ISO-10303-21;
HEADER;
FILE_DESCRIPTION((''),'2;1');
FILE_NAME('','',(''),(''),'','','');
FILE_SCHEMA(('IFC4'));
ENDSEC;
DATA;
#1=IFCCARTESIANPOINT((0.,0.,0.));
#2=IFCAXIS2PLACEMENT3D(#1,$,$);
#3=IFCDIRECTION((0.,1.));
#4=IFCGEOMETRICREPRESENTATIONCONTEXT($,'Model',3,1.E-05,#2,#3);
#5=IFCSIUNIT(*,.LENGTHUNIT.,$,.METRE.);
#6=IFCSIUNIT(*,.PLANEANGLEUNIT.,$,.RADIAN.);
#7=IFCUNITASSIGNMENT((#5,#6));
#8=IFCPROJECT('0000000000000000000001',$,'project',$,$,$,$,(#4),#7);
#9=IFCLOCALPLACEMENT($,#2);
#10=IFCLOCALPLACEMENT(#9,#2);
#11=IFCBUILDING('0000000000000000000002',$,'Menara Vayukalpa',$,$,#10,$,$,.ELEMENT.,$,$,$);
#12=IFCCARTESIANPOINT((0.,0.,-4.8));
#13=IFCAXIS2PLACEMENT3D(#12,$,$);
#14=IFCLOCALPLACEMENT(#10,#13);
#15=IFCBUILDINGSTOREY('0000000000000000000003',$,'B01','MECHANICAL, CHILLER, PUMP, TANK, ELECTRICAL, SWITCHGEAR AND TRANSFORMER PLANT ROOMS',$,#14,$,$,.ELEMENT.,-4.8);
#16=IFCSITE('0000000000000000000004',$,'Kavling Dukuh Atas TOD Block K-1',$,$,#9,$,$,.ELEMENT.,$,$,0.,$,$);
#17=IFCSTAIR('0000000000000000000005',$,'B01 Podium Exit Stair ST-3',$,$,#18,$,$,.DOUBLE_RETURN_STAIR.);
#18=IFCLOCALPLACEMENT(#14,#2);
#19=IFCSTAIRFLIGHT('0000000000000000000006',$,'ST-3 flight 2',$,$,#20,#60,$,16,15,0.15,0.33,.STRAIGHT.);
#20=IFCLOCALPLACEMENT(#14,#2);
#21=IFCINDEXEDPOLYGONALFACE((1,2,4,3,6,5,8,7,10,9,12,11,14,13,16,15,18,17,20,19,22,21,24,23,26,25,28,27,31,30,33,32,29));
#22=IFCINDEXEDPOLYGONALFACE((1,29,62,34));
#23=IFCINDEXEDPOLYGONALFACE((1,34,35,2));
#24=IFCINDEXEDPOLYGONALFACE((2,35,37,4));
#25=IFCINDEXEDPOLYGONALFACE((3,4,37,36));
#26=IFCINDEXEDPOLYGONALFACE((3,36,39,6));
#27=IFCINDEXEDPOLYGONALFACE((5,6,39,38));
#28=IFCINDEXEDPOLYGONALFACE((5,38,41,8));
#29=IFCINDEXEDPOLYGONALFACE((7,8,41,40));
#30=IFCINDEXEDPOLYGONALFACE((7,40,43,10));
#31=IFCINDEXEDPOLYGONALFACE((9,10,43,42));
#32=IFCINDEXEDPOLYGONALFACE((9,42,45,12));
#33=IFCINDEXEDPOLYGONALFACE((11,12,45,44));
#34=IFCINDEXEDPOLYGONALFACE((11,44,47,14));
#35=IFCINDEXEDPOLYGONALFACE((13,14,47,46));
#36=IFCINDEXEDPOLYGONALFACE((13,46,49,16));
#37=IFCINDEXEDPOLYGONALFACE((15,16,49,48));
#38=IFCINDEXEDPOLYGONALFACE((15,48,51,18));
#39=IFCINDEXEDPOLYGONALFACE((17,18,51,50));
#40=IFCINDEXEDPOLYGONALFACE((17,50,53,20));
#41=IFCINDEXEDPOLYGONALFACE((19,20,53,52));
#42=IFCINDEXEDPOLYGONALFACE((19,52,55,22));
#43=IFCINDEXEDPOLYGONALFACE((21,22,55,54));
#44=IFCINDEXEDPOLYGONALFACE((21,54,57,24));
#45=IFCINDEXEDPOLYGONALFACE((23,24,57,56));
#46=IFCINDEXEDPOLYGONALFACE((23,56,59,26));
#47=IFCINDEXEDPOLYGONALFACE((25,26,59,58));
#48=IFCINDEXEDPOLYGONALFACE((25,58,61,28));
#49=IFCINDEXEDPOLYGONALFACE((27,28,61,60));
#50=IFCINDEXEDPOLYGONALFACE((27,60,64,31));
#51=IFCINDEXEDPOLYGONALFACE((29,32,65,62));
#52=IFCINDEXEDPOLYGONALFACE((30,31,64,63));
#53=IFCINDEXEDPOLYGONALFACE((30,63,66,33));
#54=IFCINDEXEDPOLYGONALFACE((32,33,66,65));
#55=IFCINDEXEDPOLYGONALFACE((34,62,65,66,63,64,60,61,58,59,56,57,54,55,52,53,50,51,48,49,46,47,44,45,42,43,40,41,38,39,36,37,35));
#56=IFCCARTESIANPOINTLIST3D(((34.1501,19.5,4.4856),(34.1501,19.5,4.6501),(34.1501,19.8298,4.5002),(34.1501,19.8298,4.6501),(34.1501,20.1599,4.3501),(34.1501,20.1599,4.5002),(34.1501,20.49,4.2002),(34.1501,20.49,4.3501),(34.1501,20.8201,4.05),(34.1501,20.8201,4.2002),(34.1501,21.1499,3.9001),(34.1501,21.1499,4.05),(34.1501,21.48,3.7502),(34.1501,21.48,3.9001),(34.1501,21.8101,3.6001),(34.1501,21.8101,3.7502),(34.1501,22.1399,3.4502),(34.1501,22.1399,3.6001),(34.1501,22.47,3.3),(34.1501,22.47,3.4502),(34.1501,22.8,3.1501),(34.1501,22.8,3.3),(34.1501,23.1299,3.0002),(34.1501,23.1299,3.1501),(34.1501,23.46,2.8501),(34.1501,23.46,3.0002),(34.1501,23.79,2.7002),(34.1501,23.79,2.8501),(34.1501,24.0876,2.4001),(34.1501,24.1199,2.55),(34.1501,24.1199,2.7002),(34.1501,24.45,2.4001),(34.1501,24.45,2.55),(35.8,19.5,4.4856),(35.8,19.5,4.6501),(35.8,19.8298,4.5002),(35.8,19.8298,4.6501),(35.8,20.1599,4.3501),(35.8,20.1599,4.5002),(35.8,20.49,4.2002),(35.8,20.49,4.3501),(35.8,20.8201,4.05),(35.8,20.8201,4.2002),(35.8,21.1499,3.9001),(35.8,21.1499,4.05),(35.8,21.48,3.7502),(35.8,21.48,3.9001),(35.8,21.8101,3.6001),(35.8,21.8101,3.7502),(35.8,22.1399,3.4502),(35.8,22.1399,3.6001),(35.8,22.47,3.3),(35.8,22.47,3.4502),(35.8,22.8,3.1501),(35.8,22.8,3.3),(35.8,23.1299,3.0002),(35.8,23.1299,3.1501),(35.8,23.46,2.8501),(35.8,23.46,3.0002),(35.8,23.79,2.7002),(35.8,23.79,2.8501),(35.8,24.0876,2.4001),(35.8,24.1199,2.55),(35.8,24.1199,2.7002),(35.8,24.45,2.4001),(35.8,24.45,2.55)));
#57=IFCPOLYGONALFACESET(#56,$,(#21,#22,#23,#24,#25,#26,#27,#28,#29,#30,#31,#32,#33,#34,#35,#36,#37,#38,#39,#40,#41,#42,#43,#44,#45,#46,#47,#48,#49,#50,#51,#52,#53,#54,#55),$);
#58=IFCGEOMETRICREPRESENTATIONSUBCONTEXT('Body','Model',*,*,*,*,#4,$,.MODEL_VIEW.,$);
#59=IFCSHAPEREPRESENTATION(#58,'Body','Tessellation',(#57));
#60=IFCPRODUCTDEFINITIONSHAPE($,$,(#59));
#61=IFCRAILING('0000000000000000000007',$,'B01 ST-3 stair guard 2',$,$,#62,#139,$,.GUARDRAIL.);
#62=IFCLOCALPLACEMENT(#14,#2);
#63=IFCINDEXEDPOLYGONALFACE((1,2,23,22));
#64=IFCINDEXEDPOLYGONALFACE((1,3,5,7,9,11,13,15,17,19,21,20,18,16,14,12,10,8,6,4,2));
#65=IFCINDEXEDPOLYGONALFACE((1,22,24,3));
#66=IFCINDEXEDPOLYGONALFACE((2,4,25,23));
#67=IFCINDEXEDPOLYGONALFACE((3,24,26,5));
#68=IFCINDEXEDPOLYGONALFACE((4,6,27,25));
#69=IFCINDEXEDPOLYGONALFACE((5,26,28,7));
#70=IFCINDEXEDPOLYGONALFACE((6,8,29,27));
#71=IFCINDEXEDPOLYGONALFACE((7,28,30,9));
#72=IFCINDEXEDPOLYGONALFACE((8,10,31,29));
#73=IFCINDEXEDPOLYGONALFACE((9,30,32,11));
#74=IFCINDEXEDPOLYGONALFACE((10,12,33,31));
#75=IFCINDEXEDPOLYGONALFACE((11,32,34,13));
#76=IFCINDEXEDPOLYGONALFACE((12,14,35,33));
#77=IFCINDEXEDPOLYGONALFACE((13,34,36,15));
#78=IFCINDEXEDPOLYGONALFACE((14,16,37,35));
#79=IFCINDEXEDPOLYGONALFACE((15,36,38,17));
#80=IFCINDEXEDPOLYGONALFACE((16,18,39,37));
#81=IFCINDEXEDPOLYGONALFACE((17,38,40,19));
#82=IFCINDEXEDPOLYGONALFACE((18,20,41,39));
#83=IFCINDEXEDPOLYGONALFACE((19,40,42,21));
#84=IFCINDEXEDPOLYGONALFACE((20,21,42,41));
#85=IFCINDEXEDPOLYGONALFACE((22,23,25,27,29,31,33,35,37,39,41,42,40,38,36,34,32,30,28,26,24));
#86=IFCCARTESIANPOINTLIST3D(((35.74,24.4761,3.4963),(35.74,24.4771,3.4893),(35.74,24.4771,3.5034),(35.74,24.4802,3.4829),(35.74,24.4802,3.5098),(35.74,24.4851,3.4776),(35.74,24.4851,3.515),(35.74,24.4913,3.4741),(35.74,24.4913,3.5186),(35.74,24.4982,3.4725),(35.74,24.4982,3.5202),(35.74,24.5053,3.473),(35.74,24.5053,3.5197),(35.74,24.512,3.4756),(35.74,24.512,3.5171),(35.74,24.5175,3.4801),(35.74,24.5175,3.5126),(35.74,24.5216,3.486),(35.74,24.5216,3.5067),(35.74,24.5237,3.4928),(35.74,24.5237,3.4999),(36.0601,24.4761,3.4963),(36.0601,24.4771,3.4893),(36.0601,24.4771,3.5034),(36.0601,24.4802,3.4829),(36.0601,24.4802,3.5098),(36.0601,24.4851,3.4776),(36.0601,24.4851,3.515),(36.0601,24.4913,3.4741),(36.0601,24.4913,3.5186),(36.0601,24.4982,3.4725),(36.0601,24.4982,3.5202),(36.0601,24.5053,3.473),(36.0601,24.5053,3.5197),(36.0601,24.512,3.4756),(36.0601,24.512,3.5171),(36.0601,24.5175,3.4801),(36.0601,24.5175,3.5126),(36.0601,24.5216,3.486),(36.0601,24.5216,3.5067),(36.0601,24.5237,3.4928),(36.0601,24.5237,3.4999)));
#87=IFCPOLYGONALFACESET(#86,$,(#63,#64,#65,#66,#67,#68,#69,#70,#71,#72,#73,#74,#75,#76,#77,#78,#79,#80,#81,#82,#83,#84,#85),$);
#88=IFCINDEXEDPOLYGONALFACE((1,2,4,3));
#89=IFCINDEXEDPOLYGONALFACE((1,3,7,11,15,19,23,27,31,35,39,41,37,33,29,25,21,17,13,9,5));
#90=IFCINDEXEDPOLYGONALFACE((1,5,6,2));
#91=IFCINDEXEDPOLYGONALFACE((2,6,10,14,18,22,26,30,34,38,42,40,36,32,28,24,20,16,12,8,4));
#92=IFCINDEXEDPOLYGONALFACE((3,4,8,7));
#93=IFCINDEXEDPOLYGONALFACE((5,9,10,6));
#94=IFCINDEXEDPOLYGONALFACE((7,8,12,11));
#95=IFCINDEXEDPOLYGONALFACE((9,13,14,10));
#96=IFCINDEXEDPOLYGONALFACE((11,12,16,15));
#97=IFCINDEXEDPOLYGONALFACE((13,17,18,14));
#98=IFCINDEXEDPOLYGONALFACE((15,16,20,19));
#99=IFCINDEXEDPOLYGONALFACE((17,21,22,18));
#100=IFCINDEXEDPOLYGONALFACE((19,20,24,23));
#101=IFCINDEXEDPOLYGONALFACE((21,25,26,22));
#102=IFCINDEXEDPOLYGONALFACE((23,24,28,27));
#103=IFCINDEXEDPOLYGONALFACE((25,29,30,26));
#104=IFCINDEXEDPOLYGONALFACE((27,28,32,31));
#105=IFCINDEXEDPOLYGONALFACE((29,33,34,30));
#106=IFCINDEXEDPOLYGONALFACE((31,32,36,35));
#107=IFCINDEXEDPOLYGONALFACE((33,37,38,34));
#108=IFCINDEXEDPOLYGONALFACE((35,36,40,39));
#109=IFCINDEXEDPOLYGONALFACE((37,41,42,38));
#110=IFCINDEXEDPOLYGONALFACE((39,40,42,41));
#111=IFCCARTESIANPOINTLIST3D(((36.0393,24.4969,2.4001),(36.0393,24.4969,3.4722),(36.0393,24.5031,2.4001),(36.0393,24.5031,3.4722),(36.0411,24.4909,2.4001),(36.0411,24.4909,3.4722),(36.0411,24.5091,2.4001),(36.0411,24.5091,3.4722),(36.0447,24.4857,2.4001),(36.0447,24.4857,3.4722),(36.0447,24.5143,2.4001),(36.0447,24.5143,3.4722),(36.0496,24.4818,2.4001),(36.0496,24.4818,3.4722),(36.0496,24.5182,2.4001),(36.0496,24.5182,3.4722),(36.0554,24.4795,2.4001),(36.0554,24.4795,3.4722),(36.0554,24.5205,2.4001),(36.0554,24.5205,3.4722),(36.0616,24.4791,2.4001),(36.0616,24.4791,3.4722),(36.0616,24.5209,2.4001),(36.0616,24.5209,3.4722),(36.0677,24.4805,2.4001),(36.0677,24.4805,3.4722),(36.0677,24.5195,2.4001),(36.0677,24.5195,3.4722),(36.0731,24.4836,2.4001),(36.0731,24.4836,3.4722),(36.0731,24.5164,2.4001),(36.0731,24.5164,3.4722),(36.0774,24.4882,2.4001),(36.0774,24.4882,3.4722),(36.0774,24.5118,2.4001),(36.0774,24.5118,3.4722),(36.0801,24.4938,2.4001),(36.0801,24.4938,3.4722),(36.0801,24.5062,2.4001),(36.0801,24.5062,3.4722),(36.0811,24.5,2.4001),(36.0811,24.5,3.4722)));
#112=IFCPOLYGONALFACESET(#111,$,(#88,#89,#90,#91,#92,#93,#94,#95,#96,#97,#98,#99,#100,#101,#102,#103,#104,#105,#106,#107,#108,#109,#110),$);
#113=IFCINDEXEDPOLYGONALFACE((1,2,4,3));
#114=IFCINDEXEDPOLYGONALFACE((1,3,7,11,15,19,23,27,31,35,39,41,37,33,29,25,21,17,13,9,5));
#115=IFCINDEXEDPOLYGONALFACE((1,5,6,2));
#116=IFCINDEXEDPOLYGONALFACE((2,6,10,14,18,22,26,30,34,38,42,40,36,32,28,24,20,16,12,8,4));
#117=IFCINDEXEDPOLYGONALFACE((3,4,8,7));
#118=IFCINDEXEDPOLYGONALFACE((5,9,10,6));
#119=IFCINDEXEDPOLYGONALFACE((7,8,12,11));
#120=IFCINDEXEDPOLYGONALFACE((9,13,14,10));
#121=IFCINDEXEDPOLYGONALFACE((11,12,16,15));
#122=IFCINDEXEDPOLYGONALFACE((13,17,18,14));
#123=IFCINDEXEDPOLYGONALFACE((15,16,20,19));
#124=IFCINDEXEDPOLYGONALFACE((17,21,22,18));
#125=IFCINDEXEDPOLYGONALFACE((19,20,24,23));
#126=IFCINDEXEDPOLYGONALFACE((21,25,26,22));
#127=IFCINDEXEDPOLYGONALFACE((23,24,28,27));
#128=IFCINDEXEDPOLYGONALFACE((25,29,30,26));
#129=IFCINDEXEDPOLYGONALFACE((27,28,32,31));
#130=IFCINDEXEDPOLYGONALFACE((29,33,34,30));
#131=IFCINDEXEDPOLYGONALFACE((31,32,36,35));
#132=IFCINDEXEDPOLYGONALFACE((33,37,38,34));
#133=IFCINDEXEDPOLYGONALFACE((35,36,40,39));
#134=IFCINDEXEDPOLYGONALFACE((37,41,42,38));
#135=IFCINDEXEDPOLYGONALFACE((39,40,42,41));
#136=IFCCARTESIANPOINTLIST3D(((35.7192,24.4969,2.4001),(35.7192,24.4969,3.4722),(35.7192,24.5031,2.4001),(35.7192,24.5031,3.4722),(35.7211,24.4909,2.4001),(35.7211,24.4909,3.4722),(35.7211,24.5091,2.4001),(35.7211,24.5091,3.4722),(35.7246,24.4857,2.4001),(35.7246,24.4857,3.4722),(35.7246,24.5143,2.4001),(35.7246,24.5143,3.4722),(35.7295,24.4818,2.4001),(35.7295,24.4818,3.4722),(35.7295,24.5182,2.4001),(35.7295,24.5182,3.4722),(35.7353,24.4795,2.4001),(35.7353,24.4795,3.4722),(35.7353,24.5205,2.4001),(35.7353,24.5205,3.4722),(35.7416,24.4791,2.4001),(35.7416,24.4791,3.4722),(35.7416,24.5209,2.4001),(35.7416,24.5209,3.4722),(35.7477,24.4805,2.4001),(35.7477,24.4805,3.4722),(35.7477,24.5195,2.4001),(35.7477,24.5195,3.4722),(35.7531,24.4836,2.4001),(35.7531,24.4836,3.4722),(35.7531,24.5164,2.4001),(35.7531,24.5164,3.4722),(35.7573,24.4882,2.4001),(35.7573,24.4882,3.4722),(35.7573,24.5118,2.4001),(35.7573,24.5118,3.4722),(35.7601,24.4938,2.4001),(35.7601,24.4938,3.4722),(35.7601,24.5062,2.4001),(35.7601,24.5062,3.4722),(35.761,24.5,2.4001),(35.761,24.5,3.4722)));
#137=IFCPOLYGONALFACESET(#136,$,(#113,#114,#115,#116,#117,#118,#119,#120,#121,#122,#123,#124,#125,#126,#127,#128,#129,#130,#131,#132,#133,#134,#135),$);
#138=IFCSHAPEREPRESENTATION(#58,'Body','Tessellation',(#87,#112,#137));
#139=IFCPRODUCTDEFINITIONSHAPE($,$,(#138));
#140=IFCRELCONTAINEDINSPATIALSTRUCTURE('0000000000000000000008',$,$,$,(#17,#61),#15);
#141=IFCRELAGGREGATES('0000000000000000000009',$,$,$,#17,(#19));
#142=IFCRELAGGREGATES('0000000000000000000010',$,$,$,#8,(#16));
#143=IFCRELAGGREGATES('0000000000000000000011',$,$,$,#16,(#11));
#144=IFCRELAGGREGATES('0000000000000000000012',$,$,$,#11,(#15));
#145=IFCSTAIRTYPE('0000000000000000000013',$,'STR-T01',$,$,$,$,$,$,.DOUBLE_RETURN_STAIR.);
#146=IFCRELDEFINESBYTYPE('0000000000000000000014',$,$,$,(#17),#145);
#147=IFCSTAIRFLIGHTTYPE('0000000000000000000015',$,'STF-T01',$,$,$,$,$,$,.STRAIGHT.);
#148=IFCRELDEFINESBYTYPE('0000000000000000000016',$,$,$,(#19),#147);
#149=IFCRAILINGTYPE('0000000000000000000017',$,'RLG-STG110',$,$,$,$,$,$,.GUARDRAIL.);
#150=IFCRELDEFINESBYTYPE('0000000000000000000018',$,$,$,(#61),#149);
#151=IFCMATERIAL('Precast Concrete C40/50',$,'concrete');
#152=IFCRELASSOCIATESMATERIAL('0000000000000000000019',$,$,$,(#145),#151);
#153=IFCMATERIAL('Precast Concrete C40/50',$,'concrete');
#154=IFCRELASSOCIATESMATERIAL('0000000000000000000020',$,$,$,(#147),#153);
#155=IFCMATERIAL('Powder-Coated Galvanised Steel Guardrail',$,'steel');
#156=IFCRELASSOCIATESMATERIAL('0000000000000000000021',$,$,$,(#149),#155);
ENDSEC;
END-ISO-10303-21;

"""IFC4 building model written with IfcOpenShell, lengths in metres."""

from ifc_helpers import new_model, si_unit, direction, frame, origin, origin_2d, place, context, subcontext, project, spatial, polyline, circle, outline, extrude, material, type_object, element, aggregate, save


model = new_model("IFC4")

# Units and contexts
model_context = context("Model", 3, precision=1e-05, world=origin(), true_north=direction((0.0, 1.0)))
body_context = subcontext(model_context, "Body", "Model", "MODEL_VIEW")
ifc_project = project(units=[si_unit("LENGTHUNIT", "METRE"), si_unit("PLANEANGLEUNIT", "RADIAN")], contexts=[model_context])

# Site, building, storey
site_placement = place(None, origin())
site = spatial("IfcSite", under=ifc_project, at=site_placement, Name="Kavling Dukuh Atas TOD Block K-1", CompositionType="ELEMENT", RefElevation=0.0)
building_placement = place(site_placement, origin())
building = spatial("IfcBuilding", under=site, at=building_placement, Name="Menara Vayukalpa", CompositionType="ELEMENT")
storey_placement = place(building_placement, frame((0.0, 0.0, -4.8)))
storey = spatial("IfcBuildingStorey", under=building, at=storey_placement, Name="B01", Description="MECHANICAL, CHILLER, PUMP, TANK, ELECTRICAL, SWITCHGEAR AND TRANSFORMER PLANT ROOMS", CompositionType="ELEMENT", Elevation=-4.8)

# Stair, stair flight
ifc_material_1 = material(Name="Precast Concrete C40/50", Category="concrete")
stair_type = type_object("IfcStairType", Name="STR-T01", PredefinedType="DOUBLE_RETURN_STAIR", material=ifc_material_1)
stair_placement = place(storey_placement, origin())
stair = element("IfcStair", 1, at=stair_placement, inside=storey, type_object=stair_type, Name="B01 Podium Exit Stair ST-3", PredefinedType="DOUBLE_RETURN_STAIR")
ifc_material_2 = material(Name="Precast Concrete C40/50", Category="concrete")
stair_flight_type = type_object("IfcStairFlightType", Name="STF-T01", PredefinedType="STRAIGHT", material=ifc_material_2)
stair_flight_placement = place(storey_placement, frame((34.9751, 24.45, 2.4001), z_axis=(0.0, 0.0, 1.0), x_axis=(0.0, -1.0, 0.0)))
stair_flight = element("IfcStairFlight", 2, at=stair_flight_placement, type_object=stair_flight_type, Name="ST-3 flight 2", NumberOfRisers=16, NumberOfTreads=15, PredefinedType="STRAIGHT", RiserHeight=0.15, TreadLength=0.33, context=body_context, shape_type="SweptSolid", body=[
    extrude(outline(polyline([(0.0, 0.0), (0.0, 0.1499), (0.3301, 0.1499), (0.3301, 0.3), (0.6599, 0.3), (0.6599, 0.45), (0.99, 0.45), (0.99, 0.6001), (1.3201, 0.6001), (1.3201, 0.75), (1.6499, 0.75), (1.6499, 0.8999), (1.98, 0.8999), (1.98, 1.05), (2.3101, 1.05), (2.3101, 1.2), (2.6399, 1.2), (2.6399, 1.3501), (2.97, 1.3501), (2.97, 1.5), (3.3, 1.5), (3.3, 1.6499), (3.6299, 1.6499), (3.6299, 1.8), (3.96, 1.8), (3.96, 1.95), (4.29, 1.95), (4.29, 2.1001), (4.6201, 2.1001), (4.6201, 2.25), (4.95, 2.25), (4.95, 2.3999), (4.95, 2.0854), (0.3623, 0.0), (0.0, 0.0)])), frame((0.0, 0.825, 0.0), z_axis=(0.0, -1.0, 0.0), x_axis=(1.0, 0.0, 0.0)), (0.0, 0.0, 1.0), 1.6499),
])
aggregate(stair, [stair_flight])

# Railing
ifc_material_3 = material(Name="Powder-Coated Galvanised Steel Guardrail", Category="steel")
railing_type_1 = type_object("IfcRailingType", Name="RLG-STG110", PredefinedType="GUARDRAIL", material=ifc_material_3)
railing_1_placement = place(storey_placement, frame((36.0601, 24.5, 2.4001)))
element("IfcRailing", 3, at=railing_1_placement, inside=storey, type_object=railing_type_1, Name="B01 ST-3 stair guard 2", PredefinedType="GUARDRAIL", context=body_context, shape_type="SweptSolid", body=[
    extrude(circle(Radius=0.0239, at=origin_2d()), frame((0.0, 0.0, 1.0962), z_axis=(-1.0, 0.0, 0.0), x_axis=(0.0, -1.0, 0.0)), (0.0, 0.0, 1.0), 0.3201),
    extrude(circle(Radius=0.021, at=origin_2d()), origin(), (0.0, 0.0, 1.0), 1.072),
    extrude(circle(Radius=0.021, at=origin_2d()), frame((-0.3201, 0.0, 0.0)), (0.0, 0.0, 1.0), 1.072),
])

save(model, "model.ifc")
